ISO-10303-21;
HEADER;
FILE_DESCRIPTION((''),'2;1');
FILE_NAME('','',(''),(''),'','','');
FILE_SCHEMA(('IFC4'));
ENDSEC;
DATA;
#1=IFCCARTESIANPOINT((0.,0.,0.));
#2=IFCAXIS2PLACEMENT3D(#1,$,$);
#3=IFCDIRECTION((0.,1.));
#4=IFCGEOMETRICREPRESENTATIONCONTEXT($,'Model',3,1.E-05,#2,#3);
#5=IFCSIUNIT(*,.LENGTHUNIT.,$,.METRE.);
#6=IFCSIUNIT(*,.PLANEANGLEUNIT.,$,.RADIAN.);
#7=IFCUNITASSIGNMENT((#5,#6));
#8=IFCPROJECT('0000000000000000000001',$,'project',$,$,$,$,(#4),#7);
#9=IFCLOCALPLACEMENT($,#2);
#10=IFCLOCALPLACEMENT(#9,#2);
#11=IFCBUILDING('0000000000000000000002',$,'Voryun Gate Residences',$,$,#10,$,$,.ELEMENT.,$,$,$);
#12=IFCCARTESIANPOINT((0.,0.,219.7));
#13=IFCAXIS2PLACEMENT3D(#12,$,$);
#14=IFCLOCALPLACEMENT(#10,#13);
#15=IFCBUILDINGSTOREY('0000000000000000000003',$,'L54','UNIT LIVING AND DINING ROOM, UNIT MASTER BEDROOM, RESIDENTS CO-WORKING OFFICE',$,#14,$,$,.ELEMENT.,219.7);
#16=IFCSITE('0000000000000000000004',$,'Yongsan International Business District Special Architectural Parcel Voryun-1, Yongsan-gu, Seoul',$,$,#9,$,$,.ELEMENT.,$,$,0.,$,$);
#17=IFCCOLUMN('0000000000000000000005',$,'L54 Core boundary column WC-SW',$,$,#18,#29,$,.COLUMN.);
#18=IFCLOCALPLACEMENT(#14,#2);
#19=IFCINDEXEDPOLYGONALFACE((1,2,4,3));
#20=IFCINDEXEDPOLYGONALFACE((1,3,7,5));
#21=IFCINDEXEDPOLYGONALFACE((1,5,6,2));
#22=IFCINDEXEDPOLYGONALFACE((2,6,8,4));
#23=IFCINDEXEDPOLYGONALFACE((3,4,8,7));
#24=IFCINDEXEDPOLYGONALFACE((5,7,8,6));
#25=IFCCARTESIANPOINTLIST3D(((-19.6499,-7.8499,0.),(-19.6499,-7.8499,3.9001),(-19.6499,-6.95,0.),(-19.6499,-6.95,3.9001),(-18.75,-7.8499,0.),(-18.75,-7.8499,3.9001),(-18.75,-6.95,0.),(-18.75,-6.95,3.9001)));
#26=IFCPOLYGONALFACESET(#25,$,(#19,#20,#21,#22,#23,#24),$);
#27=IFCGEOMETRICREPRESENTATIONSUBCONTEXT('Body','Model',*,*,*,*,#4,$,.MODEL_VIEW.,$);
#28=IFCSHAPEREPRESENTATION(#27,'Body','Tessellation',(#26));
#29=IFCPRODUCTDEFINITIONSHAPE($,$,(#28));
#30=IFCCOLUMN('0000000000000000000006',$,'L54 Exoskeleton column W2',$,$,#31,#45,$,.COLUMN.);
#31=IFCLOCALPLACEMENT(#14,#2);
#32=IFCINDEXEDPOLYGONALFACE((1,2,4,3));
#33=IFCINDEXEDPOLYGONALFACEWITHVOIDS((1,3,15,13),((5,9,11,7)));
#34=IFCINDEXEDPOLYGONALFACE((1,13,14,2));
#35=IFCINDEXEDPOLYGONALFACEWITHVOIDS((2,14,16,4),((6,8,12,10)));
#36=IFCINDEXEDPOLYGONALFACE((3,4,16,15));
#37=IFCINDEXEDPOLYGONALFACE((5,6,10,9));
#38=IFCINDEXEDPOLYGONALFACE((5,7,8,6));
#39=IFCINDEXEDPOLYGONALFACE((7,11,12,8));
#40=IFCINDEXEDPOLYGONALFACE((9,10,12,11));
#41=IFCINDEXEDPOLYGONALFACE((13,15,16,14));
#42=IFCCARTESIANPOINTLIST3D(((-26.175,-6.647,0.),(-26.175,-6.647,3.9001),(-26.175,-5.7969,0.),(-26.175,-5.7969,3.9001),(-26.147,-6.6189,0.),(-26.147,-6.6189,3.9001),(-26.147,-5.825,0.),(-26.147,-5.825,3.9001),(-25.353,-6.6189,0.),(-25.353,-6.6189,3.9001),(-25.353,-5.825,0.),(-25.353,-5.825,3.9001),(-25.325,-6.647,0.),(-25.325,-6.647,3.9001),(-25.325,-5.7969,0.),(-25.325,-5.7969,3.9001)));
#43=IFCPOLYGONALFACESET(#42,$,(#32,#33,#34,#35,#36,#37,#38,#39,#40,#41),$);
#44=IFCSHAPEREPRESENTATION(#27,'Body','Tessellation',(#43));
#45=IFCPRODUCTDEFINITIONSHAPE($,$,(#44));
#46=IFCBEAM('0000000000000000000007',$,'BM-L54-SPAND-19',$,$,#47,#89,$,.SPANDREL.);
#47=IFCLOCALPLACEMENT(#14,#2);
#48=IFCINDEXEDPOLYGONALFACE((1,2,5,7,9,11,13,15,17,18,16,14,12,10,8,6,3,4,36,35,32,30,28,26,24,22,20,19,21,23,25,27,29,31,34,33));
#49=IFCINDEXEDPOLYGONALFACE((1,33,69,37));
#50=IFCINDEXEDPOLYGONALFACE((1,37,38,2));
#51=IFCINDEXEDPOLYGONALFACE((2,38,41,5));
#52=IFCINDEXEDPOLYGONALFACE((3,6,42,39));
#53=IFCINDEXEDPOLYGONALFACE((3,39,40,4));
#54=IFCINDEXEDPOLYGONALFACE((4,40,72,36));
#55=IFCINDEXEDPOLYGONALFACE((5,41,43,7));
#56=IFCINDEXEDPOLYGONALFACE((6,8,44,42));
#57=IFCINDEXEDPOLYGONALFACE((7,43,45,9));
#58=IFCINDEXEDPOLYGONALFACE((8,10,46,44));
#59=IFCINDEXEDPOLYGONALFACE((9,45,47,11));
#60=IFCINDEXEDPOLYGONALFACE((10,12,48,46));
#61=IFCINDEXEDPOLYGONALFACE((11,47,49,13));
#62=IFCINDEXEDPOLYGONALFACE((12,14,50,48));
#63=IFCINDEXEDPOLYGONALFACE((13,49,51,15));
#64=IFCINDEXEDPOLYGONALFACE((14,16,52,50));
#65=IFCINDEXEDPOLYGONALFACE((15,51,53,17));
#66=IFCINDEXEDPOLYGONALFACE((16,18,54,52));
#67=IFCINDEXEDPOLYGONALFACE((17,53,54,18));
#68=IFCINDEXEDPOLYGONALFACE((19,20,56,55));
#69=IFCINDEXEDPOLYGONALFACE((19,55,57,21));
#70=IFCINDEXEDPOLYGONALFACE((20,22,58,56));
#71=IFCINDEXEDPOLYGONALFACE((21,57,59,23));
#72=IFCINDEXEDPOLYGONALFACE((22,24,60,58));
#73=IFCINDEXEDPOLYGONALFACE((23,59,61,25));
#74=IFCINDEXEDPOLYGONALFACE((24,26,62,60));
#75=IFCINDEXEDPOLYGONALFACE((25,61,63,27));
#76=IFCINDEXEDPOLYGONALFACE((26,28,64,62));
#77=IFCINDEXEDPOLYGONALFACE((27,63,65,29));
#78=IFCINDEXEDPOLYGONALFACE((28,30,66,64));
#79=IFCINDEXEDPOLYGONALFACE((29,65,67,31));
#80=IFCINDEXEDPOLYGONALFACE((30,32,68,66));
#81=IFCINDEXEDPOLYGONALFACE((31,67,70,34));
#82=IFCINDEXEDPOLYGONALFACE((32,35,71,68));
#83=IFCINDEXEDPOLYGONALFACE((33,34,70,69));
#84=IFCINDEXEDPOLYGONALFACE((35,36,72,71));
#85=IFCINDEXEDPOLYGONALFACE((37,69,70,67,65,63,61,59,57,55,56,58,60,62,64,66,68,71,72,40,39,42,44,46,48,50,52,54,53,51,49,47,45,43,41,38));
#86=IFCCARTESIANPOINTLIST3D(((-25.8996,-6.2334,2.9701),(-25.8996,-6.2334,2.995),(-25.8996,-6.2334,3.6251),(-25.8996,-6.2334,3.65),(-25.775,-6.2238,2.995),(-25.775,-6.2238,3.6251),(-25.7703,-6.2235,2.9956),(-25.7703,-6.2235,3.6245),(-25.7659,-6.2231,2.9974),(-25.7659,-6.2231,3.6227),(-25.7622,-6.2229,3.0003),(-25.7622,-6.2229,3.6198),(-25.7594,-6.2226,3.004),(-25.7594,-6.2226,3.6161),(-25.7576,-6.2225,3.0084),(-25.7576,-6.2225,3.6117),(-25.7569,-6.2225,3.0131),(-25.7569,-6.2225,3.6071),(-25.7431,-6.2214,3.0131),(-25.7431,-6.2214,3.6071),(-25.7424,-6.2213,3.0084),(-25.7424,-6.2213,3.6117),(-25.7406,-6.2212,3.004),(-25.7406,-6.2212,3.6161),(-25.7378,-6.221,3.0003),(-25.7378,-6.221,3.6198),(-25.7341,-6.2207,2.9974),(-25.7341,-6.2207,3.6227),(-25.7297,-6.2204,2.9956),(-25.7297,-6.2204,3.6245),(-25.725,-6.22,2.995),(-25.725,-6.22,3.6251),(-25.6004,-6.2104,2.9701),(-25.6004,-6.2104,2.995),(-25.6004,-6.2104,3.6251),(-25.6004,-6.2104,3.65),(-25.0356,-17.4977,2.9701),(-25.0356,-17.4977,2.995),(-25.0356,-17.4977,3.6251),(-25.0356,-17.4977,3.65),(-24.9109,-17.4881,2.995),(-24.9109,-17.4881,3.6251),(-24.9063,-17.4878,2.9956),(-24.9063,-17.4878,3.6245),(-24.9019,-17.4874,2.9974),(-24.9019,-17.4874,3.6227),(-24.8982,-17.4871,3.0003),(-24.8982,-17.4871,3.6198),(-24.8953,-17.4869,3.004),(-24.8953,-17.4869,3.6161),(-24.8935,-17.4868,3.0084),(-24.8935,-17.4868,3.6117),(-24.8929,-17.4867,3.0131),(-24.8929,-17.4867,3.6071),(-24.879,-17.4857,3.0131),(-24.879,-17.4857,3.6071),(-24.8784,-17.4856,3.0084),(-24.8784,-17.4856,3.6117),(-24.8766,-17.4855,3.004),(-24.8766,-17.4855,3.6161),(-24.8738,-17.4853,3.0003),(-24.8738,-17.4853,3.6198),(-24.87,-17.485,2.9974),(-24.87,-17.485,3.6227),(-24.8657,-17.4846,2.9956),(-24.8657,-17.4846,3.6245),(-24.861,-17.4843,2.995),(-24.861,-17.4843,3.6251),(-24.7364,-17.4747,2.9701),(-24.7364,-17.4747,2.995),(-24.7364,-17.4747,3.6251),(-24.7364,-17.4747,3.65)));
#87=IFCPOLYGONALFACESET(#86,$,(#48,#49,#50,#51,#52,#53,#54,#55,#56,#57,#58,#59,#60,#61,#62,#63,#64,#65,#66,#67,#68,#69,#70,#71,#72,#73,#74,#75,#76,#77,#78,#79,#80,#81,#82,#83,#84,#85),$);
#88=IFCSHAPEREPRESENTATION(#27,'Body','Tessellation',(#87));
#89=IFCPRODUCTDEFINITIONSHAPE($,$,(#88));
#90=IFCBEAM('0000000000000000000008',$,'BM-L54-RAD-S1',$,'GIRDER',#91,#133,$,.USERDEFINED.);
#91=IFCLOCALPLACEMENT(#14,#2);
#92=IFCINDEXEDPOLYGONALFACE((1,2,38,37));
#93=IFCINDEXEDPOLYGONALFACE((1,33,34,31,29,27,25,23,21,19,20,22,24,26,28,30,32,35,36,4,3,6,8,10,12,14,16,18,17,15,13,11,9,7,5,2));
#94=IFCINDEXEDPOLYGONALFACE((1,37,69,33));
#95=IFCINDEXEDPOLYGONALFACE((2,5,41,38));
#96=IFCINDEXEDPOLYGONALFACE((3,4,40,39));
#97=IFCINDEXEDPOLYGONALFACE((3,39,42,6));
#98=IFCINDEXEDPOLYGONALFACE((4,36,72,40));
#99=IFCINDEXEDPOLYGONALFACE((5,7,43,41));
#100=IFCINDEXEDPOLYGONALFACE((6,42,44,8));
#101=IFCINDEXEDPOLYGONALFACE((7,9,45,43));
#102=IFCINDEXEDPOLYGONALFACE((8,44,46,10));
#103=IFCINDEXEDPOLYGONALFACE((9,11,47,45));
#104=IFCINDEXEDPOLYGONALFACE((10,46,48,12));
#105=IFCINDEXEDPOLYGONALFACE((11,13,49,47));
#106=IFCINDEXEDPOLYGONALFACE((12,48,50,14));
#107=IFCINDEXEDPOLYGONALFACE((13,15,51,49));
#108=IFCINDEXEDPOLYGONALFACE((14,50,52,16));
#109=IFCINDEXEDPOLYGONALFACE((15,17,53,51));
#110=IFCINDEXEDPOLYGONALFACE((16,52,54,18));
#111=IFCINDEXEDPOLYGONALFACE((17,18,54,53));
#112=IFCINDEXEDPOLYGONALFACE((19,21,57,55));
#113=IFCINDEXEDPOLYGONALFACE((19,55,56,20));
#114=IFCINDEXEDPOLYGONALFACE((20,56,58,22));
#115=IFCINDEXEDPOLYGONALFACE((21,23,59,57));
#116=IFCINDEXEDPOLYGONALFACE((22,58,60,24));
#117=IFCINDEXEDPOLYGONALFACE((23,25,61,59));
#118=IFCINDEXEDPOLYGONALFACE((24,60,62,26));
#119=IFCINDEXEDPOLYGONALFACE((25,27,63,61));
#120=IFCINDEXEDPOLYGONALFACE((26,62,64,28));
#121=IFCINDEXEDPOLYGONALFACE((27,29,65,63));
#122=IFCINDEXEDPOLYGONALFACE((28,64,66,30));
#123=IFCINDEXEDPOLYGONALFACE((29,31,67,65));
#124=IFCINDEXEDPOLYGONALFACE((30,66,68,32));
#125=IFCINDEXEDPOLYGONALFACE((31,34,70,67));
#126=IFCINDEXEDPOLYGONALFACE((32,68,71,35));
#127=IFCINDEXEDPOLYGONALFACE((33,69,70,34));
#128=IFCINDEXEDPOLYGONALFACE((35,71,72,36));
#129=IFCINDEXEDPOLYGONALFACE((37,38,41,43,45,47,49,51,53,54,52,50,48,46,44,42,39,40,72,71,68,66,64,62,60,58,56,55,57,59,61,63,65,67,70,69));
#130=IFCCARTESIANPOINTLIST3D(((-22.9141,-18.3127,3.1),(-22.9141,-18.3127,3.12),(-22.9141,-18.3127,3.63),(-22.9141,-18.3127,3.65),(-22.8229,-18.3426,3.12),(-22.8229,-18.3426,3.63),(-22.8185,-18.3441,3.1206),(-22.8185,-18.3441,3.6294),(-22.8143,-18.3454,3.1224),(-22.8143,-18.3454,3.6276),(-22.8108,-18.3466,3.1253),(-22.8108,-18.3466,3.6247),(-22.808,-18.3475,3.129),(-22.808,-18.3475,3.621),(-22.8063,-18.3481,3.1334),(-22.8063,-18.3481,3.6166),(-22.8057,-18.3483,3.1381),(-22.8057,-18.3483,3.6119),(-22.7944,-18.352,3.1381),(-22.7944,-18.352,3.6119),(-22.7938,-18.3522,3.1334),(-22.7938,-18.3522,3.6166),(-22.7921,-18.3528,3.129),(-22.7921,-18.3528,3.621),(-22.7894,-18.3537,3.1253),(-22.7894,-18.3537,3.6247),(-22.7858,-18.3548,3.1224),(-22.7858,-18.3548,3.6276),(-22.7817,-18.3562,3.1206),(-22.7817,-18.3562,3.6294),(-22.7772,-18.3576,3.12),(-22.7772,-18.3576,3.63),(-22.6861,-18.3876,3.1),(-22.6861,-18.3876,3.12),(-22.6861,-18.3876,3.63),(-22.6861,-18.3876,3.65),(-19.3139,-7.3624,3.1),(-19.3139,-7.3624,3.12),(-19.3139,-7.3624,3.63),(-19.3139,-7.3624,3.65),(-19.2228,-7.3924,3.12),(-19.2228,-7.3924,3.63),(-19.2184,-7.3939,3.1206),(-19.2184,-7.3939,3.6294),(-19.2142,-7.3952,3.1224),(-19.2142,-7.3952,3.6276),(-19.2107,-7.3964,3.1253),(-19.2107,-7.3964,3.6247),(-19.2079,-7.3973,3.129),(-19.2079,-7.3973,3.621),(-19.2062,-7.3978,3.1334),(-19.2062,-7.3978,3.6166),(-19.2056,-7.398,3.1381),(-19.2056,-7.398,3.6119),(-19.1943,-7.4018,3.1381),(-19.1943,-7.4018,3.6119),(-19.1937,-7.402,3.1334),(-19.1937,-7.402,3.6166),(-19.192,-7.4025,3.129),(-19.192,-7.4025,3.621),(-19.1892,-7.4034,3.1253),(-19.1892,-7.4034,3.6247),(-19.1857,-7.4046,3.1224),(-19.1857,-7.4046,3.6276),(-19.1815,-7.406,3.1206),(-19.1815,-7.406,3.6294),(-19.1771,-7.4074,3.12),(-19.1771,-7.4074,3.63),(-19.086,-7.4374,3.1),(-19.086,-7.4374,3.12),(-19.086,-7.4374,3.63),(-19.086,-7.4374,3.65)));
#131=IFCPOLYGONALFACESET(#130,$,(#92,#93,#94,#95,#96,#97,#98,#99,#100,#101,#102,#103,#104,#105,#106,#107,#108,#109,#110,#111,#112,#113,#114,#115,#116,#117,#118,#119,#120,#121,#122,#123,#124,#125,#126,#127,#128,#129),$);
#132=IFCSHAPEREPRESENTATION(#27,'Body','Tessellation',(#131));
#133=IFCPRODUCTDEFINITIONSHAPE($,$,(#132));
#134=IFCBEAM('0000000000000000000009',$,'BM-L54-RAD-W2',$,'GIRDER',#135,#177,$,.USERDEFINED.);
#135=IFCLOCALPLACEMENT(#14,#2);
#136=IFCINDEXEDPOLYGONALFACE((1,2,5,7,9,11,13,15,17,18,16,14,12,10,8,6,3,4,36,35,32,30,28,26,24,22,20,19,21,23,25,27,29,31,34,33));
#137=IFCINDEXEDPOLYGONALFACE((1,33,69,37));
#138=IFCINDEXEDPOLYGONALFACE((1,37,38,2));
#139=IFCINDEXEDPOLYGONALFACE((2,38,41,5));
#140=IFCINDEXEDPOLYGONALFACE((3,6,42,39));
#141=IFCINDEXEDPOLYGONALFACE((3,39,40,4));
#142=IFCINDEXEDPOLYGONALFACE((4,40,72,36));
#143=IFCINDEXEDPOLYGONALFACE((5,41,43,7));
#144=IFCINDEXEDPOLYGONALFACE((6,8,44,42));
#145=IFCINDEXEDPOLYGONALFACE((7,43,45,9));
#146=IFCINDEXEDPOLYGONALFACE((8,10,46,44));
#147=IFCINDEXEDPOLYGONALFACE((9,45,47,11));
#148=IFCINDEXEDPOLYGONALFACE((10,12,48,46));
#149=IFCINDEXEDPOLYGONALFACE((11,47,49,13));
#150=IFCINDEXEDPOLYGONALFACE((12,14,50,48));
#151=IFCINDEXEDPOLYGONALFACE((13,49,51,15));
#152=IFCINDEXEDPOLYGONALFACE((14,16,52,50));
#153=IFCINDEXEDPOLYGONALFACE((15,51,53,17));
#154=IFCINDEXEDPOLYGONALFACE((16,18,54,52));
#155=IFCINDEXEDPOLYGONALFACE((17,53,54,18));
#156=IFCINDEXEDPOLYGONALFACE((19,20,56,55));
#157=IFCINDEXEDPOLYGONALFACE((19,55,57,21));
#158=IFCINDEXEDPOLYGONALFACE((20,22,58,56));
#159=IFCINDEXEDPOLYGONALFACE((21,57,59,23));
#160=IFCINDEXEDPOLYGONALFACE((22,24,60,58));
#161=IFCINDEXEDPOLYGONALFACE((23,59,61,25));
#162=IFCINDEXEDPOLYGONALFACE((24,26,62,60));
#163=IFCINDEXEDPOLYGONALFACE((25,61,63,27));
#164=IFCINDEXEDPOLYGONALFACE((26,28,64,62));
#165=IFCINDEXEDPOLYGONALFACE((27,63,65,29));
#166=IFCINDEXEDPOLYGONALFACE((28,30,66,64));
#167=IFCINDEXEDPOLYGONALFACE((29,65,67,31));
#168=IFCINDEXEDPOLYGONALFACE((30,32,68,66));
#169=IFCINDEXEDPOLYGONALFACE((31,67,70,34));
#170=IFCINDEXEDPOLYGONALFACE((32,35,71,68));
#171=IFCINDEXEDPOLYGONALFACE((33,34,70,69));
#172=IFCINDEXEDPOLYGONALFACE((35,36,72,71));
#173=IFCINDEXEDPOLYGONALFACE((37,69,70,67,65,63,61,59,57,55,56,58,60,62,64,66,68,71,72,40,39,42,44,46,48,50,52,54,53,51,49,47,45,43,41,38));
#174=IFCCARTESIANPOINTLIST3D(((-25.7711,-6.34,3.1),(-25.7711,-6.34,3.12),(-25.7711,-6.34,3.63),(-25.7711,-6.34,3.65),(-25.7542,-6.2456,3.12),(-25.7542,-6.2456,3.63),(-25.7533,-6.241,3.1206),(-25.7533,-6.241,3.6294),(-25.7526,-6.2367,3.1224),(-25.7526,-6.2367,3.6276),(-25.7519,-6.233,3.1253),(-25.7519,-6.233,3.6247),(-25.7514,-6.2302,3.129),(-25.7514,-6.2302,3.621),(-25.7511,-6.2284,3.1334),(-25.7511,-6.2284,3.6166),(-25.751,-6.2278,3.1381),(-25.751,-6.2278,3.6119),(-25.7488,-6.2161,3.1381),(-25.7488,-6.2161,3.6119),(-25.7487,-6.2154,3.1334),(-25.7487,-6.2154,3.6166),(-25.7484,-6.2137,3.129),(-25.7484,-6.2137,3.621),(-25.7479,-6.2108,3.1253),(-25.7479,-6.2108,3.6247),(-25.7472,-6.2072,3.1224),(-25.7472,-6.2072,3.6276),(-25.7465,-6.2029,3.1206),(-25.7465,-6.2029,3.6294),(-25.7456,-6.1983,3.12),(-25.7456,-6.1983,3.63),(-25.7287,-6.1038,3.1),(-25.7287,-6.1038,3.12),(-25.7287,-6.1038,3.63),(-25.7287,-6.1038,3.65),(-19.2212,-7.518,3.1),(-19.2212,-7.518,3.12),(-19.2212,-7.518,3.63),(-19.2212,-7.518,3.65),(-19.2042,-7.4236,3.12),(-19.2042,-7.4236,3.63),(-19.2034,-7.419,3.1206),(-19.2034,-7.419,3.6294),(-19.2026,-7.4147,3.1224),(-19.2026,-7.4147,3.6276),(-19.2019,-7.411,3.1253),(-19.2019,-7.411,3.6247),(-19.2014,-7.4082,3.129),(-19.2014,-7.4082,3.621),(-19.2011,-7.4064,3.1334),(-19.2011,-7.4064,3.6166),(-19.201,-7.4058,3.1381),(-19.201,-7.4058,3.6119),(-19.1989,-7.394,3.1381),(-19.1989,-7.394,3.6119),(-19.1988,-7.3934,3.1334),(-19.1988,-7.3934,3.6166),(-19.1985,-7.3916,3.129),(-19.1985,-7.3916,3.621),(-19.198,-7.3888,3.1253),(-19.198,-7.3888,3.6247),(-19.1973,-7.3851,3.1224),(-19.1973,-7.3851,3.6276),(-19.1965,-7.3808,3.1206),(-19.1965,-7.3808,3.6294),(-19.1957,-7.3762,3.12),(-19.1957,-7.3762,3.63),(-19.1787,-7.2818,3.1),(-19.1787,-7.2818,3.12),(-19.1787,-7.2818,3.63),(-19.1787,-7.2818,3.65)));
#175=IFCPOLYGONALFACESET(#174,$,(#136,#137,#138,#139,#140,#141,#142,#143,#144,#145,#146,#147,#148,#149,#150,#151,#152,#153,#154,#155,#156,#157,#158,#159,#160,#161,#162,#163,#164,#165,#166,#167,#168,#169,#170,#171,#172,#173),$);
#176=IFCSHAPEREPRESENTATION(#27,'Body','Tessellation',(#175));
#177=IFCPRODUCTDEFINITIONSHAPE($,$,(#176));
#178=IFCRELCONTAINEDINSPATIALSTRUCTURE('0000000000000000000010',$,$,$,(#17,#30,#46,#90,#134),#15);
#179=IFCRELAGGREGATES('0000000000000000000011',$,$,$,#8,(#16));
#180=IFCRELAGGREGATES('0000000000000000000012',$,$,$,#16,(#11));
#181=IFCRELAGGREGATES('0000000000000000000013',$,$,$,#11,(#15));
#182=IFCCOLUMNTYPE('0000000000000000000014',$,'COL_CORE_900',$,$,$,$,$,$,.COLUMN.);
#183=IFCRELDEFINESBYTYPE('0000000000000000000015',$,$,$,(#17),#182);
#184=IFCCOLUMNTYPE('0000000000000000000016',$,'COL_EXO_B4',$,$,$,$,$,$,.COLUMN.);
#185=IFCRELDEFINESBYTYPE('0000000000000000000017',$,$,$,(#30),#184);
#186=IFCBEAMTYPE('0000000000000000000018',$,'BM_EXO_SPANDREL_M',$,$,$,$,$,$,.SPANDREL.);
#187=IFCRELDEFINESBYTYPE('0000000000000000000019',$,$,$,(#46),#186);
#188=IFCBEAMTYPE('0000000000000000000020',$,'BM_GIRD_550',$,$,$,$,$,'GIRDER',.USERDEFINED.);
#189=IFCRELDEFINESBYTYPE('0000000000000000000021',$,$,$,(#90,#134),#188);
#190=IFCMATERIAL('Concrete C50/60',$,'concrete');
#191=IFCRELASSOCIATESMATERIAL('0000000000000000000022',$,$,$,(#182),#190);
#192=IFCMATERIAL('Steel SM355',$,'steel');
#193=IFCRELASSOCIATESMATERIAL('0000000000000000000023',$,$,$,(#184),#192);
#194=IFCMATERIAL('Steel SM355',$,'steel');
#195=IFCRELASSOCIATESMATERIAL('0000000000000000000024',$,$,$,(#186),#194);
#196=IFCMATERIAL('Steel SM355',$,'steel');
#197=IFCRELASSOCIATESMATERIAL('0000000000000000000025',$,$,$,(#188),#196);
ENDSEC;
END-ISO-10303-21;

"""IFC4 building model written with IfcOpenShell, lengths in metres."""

from ifc_helpers import new_model, si_unit, direction, frame, origin, origin_2d, place, context, subcontext, project, spatial, rectangle, hollow_rectangle, i_section, extrude, material, material_profile, profile_set, type_object, element, save


model = new_model("IFC4")

# Units and contexts
model_context = context("Model", 3, precision=1e-05, world=origin(), true_north=direction((0.0, 1.0)))
body_context = subcontext(model_context, "Body", "Model", "MODEL_VIEW")
ifc_project = project(units=[si_unit("LENGTHUNIT", "METRE"), si_unit("PLANEANGLEUNIT", "RADIAN")], contexts=[model_context])

# Site, building, storey
site_placement = place(None, origin())
site = spatial("IfcSite", under=ifc_project, at=site_placement, Name="Yongsan International Business District Special Architectural Parcel Voryun-1, Yongsan-gu, Seoul", CompositionType="ELEMENT", RefElevation=0.0)
building_placement = place(site_placement, origin())
building = spatial("IfcBuilding", under=site, at=building_placement, Name="Voryun Gate Residences", CompositionType="ELEMENT")
storey_placement = place(building_placement, frame((0.0, 0.0, 219.7)))
storey = spatial("IfcBuildingStorey", under=building, at=storey_placement, Name="L54", Description="UNIT LIVING AND DINING ROOM, UNIT MASTER BEDROOM, RESIDENTS CO-WORKING OFFICE", CompositionType="ELEMENT", Elevation=219.7)

# Columns
ifc_material_1 = material(Name="Concrete C50/60", Category="concrete")
ifc_material_profile_1 = material_profile(ifc_material_1, rectangle(XDim=0.8999, YDim=0.8999, at=origin_2d()), Name="RC-900x900")
ifc_profile_set_1 = profile_set([ifc_material_profile_1], Name="Concrete C50/60")
column_type_1 = type_object("IfcColumnType", Name="COL_CORE_900", PredefinedType="COLUMN", material=ifc_profile_set_1)
column_1_placement = place(storey_placement, frame((-19.2, -7.3999, 0.0), z_axis=(0.0, 0.0, 1.0), x_axis=(1.0, 0.0, 0.0)))
element("IfcColumn", 1, at=column_1_placement, inside=storey, type_object=column_type_1, Name="L54 Core boundary column WC-SW", PredefinedType="COLUMN", context=body_context, shape_type="SweptSolid", body=[
    extrude(rectangle(XDim=0.8999, YDim=0.8999, at=origin_2d()), origin(), (0.0, 0.0, 1.0), 3.9001),
])
ifc_material_2 = material(Name="Steel SM355", Category="steel")
ifc_material_profile_2 = material_profile(ifc_material_2, hollow_rectangle(XDim=0.8501, YDim=0.8501, WallThickness=0.0281, at=origin_2d()), Name="BOX-850x850x28")
ifc_profile_set_2 = profile_set([ifc_material_profile_2], Name="Steel SM355")
column_type_2 = type_object("IfcColumnType", Name="COL_EXO_B4", PredefinedType="COLUMN", material=ifc_profile_set_2)
column_2_placement = place(storey_placement, frame((-25.75, -6.2219, 0.0), z_axis=(0.0, 0.0, 1.0), x_axis=(1.0, 0.0, 0.0)))
element("IfcColumn", 2, at=column_2_placement, inside=storey, type_object=column_type_2, Name="L54 Exoskeleton column W2", PredefinedType="COLUMN", context=body_context, shape_type="SweptSolid", body=[
    extrude(hollow_rectangle(XDim=0.8501, YDim=0.8501, WallThickness=0.0281, at=origin_2d()), origin(), (0.0, 0.0, 1.0), 3.9001),
])

# Beams
ifc_material_3 = material(Name="Steel SM355", Category="steel")
ifc_material_profile_3 = material_profile(ifc_material_3, i_section(OverallWidth=0.3, OverallDepth=0.6799, WebThickness=0.0139, FlangeThickness=0.0249, FilletRadius=0.0181, at=origin_2d()), Name="H-680x300x14x25")
ifc_profile_set_3 = profile_set([ifc_material_profile_3], Name="Steel SM355")
beam_type_1 = type_object("IfcBeamType", Name="BM_EXO_SPANDREL_M", PredefinedType="SPANDREL", material=ifc_profile_set_3)
beam_1_placement = place(storey_placement, frame((-25.75, -6.2219, 3.3101), z_axis=(0.07648, -0.997071, 0.0), x_axis=(0.997071, 0.07648, 0.0)))
element("IfcBeam", 3, at=beam_1_placement, inside=storey, type_object=beam_type_1, Name="BM-L54-SPAND-19", PredefinedType="SPANDREL", context=body_context, shape_type="SweptSolid", body=[
    extrude(i_section(OverallWidth=0.3, OverallDepth=0.6799, WebThickness=0.0139, FlangeThickness=0.0249, FilletRadius=0.0181, at=origin_2d()), origin(), (0.0, 0.0, 1.0), 11.2974),
])
ifc_material_4 = material(Name="Steel SM355", Category="steel")
ifc_material_profile_4 = material_profile(ifc_material_4, i_section(OverallWidth=0.24, OverallDepth=0.55, WebThickness=0.012, FlangeThickness=0.02, FilletRadius=0.0181, at=origin_2d()), Name="H-550x240x12x20")
ifc_profile_set_4 = profile_set([ifc_material_profile_4], Name="Steel SM355")
beam_type_2 = type_object("IfcBeamType", Name="BM_GIRD_550", ElementType="GIRDER", PredefinedType="USERDEFINED", material=ifc_profile_set_4)
beam_2_placement = place(storey_placement, frame((-19.2, -7.3999, 3.375), z_axis=(-0.312324, -0.949976, 0.0), x_axis=(0.949976, -0.312324, 0.0)))
element("IfcBeam", 4, at=beam_2_placement, inside=storey, type_object=beam_type_2, Name="BM-L54-RAD-S1", ObjectType="GIRDER", PredefinedType="USERDEFINED", context=body_context, shape_type="SweptSolid", body=[
    extrude(i_section(OverallWidth=0.24, OverallDepth=0.55, WebThickness=0.012, FlangeThickness=0.02, FilletRadius=0.0181, at=origin_2d()), origin(), (0.0, 0.0, 1.0), 11.5269),
])
beam_3_placement = place(storey_placement, frame((-19.2, -7.3999, 3.375), z_axis=(-0.98421, 0.177003, 0.0), x_axis=(-0.177003, -0.98421, 0.0)))
element("IfcBeam", 5, at=beam_3_placement, inside=storey, type_object=beam_type_2, Name="BM-L54-RAD-W2", ObjectType="GIRDER", PredefinedType="USERDEFINED", context=body_context, shape_type="SweptSolid", body=[
    extrude(i_section(OverallWidth=0.24, OverallDepth=0.55, WebThickness=0.012, FlangeThickness=0.02, FilletRadius=0.0181, at=origin_2d()), origin(), (0.0, 0.0, 1.0), 6.655),
])

save(model, "model.ifc")
